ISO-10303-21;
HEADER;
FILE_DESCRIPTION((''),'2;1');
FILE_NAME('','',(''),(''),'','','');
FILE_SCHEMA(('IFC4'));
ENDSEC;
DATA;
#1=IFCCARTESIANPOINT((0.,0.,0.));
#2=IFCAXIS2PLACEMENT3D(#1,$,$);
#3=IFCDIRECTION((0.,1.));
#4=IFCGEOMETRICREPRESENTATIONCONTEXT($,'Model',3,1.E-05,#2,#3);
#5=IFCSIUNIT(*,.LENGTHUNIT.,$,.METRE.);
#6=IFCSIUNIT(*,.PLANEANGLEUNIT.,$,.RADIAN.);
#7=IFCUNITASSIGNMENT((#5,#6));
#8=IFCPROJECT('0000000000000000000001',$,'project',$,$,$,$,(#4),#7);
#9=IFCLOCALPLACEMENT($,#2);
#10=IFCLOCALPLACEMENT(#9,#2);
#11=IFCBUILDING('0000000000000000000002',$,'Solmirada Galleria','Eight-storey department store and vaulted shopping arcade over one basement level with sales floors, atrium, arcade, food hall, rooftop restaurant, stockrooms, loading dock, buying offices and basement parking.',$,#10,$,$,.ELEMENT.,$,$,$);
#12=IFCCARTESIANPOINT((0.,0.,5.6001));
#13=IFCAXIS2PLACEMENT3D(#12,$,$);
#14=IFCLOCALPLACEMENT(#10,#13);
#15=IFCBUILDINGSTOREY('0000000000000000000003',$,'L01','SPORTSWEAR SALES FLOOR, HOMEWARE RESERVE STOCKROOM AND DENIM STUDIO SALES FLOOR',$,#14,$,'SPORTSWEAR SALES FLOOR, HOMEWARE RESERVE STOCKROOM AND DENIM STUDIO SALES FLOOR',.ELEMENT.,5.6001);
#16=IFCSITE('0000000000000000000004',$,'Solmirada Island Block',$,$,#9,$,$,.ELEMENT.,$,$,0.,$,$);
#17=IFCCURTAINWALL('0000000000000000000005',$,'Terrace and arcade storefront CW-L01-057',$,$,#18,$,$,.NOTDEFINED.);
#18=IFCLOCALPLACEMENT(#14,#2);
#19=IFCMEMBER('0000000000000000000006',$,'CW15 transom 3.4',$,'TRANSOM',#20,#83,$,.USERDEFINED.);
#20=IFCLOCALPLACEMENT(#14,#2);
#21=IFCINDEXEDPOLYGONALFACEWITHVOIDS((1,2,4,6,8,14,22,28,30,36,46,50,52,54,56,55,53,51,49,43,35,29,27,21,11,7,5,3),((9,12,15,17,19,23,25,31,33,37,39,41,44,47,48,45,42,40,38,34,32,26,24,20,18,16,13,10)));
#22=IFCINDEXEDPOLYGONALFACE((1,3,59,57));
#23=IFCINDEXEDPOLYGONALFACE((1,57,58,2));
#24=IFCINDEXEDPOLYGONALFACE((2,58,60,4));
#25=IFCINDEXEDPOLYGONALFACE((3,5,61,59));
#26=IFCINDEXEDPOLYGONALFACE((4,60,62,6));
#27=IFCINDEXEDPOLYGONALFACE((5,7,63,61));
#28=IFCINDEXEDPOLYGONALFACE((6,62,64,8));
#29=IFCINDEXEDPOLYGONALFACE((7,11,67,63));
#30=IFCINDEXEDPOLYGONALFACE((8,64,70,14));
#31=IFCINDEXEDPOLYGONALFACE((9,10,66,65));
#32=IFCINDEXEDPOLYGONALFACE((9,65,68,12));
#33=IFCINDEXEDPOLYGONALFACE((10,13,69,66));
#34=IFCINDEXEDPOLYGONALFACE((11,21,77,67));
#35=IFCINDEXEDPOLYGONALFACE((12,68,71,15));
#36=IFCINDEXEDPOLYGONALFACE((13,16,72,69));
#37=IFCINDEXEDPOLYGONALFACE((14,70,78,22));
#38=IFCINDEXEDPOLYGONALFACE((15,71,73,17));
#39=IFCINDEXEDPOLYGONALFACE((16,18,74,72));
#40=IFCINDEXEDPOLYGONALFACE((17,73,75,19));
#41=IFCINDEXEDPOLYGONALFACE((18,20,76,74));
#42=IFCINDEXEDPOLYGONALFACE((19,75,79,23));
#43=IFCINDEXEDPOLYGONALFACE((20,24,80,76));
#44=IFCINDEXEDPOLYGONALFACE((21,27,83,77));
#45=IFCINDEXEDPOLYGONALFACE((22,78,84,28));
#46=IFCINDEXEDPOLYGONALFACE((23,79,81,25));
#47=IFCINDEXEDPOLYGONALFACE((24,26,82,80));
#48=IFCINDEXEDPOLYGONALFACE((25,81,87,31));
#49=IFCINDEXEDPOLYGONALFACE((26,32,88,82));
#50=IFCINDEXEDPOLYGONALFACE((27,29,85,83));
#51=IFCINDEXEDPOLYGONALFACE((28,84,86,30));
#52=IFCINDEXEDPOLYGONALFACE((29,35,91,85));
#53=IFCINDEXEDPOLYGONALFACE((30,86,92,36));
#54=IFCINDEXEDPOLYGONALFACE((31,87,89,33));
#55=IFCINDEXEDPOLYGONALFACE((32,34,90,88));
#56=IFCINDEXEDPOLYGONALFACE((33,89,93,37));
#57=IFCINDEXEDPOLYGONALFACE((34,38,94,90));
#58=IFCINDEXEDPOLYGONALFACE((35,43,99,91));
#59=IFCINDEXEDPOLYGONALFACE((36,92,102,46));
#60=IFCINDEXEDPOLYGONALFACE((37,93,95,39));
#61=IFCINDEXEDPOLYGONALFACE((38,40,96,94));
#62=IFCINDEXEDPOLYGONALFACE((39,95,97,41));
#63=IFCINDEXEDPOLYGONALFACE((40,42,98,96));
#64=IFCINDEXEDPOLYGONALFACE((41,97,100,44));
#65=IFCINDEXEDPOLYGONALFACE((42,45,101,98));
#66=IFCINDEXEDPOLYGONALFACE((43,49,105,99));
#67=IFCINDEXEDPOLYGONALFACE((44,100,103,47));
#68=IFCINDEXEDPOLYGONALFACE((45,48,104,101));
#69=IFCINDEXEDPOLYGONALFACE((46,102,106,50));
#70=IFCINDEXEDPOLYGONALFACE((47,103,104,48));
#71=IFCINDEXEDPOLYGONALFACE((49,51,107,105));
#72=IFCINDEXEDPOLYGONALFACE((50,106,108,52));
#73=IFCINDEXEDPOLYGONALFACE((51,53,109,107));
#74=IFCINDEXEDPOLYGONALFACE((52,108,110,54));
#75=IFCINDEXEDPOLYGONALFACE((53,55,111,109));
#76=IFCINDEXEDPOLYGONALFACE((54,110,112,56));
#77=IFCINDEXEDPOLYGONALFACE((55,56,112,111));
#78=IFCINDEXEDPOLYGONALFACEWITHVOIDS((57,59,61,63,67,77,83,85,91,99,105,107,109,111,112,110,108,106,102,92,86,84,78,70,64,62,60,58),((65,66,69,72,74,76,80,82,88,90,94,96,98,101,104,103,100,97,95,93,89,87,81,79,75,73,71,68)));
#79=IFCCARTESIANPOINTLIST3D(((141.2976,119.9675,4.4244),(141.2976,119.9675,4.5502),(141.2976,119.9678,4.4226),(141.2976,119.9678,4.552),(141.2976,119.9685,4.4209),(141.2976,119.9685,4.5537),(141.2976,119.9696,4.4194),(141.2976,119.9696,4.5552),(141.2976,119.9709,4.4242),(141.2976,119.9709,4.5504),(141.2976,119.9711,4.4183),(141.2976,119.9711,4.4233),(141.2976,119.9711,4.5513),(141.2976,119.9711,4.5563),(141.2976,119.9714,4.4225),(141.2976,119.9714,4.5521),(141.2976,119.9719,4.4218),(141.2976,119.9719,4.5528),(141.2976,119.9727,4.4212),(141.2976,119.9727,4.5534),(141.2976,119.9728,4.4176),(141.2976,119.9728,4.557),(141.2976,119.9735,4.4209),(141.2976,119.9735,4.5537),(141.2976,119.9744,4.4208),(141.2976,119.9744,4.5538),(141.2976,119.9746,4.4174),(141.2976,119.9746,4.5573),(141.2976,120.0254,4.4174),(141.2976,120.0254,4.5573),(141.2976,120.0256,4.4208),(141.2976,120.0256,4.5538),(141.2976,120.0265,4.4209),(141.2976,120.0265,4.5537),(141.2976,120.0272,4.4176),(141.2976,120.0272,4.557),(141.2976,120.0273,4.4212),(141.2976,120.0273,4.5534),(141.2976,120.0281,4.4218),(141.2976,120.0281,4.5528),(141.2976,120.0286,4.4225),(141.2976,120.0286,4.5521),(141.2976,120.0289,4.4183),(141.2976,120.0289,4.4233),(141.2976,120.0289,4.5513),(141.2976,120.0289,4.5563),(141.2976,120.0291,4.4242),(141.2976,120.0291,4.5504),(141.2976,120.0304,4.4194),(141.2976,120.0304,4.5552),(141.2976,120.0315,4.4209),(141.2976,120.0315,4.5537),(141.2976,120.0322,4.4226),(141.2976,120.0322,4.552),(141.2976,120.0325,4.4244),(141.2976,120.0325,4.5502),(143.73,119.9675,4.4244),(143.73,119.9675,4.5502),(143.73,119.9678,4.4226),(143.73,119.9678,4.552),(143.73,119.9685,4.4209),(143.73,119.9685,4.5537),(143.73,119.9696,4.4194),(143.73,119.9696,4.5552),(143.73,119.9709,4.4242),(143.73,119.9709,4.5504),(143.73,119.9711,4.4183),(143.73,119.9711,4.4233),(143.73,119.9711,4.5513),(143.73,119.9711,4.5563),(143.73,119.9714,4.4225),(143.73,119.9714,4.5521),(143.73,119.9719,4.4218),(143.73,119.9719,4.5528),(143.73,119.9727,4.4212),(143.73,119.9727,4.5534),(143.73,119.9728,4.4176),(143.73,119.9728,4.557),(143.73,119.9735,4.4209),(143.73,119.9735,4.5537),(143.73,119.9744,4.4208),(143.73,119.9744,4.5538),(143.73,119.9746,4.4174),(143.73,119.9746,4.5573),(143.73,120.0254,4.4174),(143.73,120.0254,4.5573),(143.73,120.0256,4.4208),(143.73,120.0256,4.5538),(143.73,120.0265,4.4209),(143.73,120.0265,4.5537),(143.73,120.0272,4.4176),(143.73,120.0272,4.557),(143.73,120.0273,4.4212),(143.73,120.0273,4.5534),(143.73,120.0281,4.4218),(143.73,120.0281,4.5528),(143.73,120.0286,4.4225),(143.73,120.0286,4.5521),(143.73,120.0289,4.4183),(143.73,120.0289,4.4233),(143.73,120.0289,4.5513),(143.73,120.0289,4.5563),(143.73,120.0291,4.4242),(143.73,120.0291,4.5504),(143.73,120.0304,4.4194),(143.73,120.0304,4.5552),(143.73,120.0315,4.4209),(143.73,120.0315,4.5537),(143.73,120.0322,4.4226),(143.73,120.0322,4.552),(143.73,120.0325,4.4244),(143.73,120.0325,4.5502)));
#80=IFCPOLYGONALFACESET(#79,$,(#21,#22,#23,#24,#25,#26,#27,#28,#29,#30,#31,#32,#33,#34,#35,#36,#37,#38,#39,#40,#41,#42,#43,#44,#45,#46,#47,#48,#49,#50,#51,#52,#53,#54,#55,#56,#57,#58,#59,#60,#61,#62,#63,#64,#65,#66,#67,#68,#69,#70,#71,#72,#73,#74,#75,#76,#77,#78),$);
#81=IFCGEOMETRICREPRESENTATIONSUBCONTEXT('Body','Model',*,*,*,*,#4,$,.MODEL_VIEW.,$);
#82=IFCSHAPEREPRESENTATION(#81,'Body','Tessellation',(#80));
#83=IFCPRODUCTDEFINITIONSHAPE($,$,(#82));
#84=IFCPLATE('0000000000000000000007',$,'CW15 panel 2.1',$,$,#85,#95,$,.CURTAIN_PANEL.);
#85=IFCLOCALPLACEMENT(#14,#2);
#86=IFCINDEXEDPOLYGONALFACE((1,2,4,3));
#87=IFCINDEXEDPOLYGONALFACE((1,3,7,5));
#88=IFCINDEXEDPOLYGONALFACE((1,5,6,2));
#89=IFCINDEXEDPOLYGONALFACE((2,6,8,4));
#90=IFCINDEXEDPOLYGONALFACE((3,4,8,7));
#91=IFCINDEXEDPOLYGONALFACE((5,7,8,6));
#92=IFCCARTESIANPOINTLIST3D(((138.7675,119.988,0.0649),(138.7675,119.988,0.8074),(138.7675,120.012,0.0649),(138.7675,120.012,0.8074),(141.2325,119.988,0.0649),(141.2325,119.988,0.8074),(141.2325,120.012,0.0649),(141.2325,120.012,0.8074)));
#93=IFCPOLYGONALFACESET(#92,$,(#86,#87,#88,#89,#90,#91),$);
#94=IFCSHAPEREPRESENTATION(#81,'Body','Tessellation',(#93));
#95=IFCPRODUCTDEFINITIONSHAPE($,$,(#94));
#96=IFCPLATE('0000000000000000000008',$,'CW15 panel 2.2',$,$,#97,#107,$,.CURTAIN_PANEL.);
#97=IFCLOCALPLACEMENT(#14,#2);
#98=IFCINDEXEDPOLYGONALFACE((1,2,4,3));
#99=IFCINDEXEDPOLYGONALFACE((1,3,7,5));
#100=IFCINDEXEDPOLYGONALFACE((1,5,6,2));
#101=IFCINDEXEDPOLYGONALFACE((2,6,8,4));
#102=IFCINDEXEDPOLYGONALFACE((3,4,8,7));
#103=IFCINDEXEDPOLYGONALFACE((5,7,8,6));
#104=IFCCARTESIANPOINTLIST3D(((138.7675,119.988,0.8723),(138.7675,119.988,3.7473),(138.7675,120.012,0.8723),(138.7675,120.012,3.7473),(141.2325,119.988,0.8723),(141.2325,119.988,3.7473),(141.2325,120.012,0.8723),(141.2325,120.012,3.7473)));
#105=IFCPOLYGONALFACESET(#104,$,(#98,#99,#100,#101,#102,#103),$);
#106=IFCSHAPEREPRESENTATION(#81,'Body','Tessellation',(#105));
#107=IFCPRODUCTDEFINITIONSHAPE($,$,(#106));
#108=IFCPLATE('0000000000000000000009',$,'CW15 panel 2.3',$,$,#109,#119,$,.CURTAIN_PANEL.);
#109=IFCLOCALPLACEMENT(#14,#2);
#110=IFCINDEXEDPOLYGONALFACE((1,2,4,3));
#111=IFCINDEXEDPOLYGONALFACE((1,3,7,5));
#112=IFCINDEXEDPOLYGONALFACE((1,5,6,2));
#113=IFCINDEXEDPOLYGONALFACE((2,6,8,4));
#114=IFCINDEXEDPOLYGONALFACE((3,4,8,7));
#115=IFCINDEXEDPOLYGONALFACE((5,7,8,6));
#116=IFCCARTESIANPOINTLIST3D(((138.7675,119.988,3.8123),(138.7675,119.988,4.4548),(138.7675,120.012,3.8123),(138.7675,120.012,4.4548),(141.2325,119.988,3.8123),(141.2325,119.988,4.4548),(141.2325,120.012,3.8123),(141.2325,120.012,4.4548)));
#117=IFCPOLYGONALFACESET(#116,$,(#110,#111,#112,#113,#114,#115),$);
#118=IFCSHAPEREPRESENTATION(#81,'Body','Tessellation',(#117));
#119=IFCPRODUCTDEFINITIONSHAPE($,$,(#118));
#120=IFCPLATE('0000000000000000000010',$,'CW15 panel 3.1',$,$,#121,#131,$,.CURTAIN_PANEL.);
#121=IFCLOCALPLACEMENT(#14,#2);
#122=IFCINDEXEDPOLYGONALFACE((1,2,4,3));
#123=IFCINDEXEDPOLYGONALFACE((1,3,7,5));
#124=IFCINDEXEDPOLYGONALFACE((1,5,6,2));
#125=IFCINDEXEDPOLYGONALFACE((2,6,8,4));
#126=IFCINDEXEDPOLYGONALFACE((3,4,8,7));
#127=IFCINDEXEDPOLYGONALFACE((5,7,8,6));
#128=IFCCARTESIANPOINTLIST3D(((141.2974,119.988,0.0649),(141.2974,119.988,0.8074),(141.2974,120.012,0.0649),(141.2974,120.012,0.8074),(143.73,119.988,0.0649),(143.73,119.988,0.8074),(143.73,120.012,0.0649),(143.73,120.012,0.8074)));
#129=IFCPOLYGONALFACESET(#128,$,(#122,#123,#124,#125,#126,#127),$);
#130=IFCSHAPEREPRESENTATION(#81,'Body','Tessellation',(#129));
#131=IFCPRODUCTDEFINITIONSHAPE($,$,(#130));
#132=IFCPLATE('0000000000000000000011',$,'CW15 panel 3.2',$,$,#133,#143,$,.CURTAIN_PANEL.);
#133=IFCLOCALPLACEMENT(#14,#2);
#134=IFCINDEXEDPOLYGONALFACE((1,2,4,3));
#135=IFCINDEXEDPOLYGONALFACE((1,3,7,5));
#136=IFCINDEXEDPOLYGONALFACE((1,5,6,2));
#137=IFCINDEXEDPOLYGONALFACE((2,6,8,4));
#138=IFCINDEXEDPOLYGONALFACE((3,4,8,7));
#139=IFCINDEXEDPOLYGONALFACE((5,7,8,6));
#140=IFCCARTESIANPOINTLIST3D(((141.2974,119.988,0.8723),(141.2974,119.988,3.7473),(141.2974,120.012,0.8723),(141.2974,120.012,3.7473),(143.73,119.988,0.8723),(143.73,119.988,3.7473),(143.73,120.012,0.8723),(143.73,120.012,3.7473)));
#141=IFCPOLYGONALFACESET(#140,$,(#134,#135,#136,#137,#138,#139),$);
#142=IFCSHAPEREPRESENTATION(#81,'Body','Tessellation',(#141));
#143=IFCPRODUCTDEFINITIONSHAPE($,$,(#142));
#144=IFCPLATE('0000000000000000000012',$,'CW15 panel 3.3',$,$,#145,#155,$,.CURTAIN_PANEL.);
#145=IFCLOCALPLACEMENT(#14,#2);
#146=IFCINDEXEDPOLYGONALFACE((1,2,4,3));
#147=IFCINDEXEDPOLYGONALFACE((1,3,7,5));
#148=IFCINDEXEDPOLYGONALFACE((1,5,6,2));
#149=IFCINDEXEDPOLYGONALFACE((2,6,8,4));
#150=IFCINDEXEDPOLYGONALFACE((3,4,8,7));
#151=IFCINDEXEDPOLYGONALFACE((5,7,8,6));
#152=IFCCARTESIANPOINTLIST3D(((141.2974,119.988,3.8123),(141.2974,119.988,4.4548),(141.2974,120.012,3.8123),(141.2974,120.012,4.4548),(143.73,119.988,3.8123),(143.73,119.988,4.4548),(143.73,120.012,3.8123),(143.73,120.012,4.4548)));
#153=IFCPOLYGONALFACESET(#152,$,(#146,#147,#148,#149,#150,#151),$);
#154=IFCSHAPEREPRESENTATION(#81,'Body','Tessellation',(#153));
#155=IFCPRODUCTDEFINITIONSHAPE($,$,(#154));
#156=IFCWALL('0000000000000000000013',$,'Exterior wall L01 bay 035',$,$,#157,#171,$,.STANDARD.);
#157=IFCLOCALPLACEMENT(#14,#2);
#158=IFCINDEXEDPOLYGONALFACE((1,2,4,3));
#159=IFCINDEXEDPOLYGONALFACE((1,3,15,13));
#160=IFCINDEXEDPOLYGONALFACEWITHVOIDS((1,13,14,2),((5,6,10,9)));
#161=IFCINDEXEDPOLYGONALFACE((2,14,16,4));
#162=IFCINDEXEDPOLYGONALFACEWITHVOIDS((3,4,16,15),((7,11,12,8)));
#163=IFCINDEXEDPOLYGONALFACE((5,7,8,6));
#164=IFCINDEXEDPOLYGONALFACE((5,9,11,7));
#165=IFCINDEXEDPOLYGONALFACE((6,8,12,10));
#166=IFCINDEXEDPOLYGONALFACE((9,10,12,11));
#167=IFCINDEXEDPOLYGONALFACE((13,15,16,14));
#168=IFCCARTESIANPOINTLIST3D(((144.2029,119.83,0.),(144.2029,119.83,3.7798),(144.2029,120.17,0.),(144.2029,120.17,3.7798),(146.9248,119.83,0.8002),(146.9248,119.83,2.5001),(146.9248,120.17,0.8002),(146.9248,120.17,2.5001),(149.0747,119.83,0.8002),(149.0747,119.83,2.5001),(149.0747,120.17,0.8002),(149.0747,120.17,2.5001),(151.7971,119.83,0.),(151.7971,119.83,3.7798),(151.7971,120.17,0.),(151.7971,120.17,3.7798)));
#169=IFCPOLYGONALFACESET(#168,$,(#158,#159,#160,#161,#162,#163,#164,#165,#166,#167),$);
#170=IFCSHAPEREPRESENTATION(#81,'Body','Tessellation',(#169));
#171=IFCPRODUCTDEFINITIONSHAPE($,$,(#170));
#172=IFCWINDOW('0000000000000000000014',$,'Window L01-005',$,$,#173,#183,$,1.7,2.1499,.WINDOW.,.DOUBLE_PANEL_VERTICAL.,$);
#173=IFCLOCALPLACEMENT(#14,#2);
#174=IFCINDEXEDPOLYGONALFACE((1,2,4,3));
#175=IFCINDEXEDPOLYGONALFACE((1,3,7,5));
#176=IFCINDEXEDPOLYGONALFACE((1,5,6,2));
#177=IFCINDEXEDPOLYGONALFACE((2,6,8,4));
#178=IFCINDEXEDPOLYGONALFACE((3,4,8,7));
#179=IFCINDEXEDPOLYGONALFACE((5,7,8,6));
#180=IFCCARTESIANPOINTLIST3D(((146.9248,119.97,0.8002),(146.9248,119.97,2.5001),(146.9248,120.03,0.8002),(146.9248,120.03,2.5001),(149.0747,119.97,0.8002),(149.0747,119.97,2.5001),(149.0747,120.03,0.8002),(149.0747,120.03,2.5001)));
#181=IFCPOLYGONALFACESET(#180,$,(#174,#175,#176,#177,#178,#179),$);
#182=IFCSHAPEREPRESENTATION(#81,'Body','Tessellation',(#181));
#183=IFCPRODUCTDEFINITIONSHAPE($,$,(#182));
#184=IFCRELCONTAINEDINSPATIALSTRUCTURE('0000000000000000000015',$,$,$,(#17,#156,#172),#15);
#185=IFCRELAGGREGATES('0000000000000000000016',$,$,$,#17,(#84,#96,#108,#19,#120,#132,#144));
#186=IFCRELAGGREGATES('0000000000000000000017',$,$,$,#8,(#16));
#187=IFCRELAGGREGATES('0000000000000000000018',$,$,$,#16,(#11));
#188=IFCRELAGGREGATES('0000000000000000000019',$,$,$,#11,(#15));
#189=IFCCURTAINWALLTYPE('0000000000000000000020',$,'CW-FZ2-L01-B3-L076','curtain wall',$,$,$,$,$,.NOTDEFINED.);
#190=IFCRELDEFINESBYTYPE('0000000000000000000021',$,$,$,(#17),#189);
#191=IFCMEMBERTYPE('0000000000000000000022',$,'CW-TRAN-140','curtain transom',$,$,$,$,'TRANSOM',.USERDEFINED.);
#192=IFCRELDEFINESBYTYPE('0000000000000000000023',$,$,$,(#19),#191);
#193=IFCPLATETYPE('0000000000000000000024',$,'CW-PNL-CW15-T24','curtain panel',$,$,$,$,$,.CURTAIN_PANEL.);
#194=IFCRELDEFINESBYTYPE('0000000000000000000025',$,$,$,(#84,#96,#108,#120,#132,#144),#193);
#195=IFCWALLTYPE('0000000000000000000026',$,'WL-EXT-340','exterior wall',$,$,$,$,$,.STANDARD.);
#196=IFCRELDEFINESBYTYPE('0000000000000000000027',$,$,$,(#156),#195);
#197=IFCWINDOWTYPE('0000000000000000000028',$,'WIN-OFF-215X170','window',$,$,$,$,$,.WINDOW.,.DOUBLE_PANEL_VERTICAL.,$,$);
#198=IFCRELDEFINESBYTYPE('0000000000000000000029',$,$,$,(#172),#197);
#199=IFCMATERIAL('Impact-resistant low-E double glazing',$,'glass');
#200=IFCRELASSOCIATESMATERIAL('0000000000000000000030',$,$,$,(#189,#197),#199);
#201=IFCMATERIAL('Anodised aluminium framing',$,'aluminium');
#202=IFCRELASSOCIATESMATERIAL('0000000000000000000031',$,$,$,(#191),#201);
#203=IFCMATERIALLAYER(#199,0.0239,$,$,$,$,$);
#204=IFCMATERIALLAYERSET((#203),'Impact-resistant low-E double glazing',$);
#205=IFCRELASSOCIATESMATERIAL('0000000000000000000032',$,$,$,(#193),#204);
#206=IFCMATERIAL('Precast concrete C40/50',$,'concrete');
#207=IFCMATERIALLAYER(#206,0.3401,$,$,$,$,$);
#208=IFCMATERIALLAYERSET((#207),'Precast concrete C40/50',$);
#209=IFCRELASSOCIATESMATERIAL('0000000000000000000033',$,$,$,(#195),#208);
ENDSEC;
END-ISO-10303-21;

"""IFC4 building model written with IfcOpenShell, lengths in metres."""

from ifc_helpers import new_model, si_unit, direction, frame, frame_2d, origin, origin_2d, place, context, subcontext, project, spatial, rectangle, hollow_rectangle, extrude, material, layer, layer_set, material_profile, profile_set, type_object, element, fill, aggregate, save


model = new_model("IFC4")

# Units and contexts
model_context = context("Model", 3, precision=1e-05, world=origin(), true_north=direction((0.0, 1.0)))
body_context = subcontext(model_context, "Body", "Model", "MODEL_VIEW")
ifc_project = project(units=[si_unit("LENGTHUNIT", "METRE"), si_unit("PLANEANGLEUNIT", "RADIAN")], contexts=[model_context])

# Site, building, storey
site_placement = place(None, origin())
site = spatial("IfcSite", under=ifc_project, at=site_placement, Name="Solmirada Island Block", CompositionType="ELEMENT", RefElevation=0.0)
building_placement = place(site_placement, origin())
building = spatial("IfcBuilding", under=site, at=building_placement, Name="Solmirada Galleria", Description="Eight-storey department store and vaulted shopping arcade over one basement level with sales floors, atrium, arcade, food hall, rooftop restaurant, stockrooms, loading dock, buying offices and basement parking.", CompositionType="ELEMENT")
storey_placement = place(building_placement, frame((0.0, 0.0, 5.6001)))
storey = spatial("IfcBuildingStorey", under=building, at=storey_placement, Name="L01", Description="SPORTSWEAR SALES FLOOR, HOMEWARE RESERVE STOCKROOM AND DENIM STUDIO SALES FLOOR", LongName="SPORTSWEAR SALES FLOOR, HOMEWARE RESERVE STOCKROOM AND DENIM STUDIO SALES FLOOR", CompositionType="ELEMENT", Elevation=5.6001)

# Curtain wall, member, plates
ifc_material_1 = material(Name="Impact-resistant low-E double glazing", Category="glass")
curtain_wall_type = type_object("IfcCurtainWallType", Name="CW-FZ2-L01-B3-L076", Description="curtain wall", PredefinedType="NOTDEFINED", material=ifc_material_1)
curtain_wall_placement = place(storey_placement, origin())
curtain_wall = element("IfcCurtainWall", 1, at=curtain_wall_placement, inside=storey, type_object=curtain_wall_type, Name="Terrace and arcade storefront CW-L01-057", PredefinedType="NOTDEFINED")
ifc_material_2 = material(Name="Anodised aluminium framing", Category="aluminium")
ifc_material_profile_1 = material_profile(ifc_material_2, hollow_rectangle(XDim=0.0649, YDim=0.1399, WallThickness=0.0034, InnerFilletRadius=0.0034, OuterFilletRadius=0.0071, at=origin_2d()), Name="ALU-TRAN-140X65")
ifc_profile_set_1 = profile_set([ifc_material_profile_1], Name="Anodised aluminium framing")
member_type_1 = type_object("IfcMemberType", Name="CW-TRAN-140", Description="curtain transom", ElementType="TRANSOM", PredefinedType="USERDEFINED", material=ifc_profile_set_1)
member_1_placement = place(storey_placement, frame((141.2976, 120.0, 4.4873), z_axis=(1.0, 0.0, 0.0), x_axis=(0.0, 1.0, 0.0)))
member_1 = element("IfcMember", 2, at=member_1_placement, type_object=member_type_1, Name="CW15 transom 3.4", ObjectType="TRANSOM", PredefinedType="USERDEFINED", context=body_context, shape_type="SweptSolid", body=[
    extrude(hollow_rectangle(XDim=0.0649, YDim=0.1399, WallThickness=0.0034, InnerFilletRadius=0.0034, OuterFilletRadius=0.0071, at=origin_2d()), origin(), (0.0, 0.0, 1.0), 2.4324),
])
ifc_layer_1 = layer(ifc_material_1, 0.0239)
ifc_layer_set_1 = layer_set([ifc_layer_1], Name="Impact-resistant low-E double glazing")
plate_type = type_object("IfcPlateType", Name="CW-PNL-CW15-T24", Description="curtain panel", PredefinedType="CURTAIN_PANEL", material=ifc_layer_set_1)
plate_1_placement = place(storey_placement, frame((140.0, 120.0, 0.0649), z_axis=(0.0, 0.0, 1.0), x_axis=(1.0, 0.0, 0.0)))
plate_1 = element("IfcPlate", 3, at=plate_1_placement, type_object=plate_type, Name="CW15 panel 2.1", PredefinedType="CURTAIN_PANEL", context=body_context, shape_type="SweptSolid", body=[
    extrude(rectangle(XDim=2.4651, YDim=0.0239, at=origin_2d()), origin(), (0.0, 0.0, 1.0), 0.7424),
])
plate_2_placement = place(storey_placement, frame((140.0, 120.0, 0.8723), z_axis=(0.0, 0.0, 1.0), x_axis=(1.0, 0.0, 0.0)))
plate_2 = element("IfcPlate", 4, at=plate_2_placement, type_object=plate_type, Name="CW15 panel 2.2", PredefinedType="CURTAIN_PANEL", context=body_context, shape_type="SweptSolid", body=[
    extrude(rectangle(XDim=2.4651, YDim=0.0239, at=origin_2d()), origin(), (0.0, 0.0, 1.0), 2.875),
])
plate_3_placement = place(storey_placement, frame((140.0, 120.0, 3.8123), z_axis=(0.0, 0.0, 1.0), x_axis=(1.0, 0.0, 0.0)))
plate_3 = element("IfcPlate", 5, at=plate_3_placement, type_object=plate_type, Name="CW15 panel 2.3", PredefinedType="CURTAIN_PANEL", context=body_context, shape_type="SweptSolid", body=[
    extrude(rectangle(XDim=2.4651, YDim=0.0239, at=origin_2d()), origin(), (0.0, 0.0, 1.0), 0.6426),
])
plate_4_placement = place(storey_placement, frame((142.5137, 120.0, 0.0649), z_axis=(0.0, 0.0, 1.0), x_axis=(1.0, 0.0, 0.0)))
plate_4 = element("IfcPlate", 6, at=plate_4_placement, type_object=plate_type, Name="CW15 panel 3.1", PredefinedType="CURTAIN_PANEL", context=body_context, shape_type="SweptSolid", body=[
    extrude(rectangle(XDim=2.4326, YDim=0.0239, at=origin_2d()), origin(), (0.0, 0.0, 1.0), 0.7424),
])
plate_5_placement = place(storey_placement, frame((142.5137, 120.0, 0.8723), z_axis=(0.0, 0.0, 1.0), x_axis=(1.0, 0.0, 0.0)))
plate_5 = element("IfcPlate", 7, at=plate_5_placement, type_object=plate_type, Name="CW15 panel 3.2", PredefinedType="CURTAIN_PANEL", context=body_context, shape_type="SweptSolid", body=[
    extrude(rectangle(XDim=2.4326, YDim=0.0239, at=origin_2d()), origin(), (0.0, 0.0, 1.0), 2.875),
])
plate_6_placement = place(storey_placement, frame((142.5137, 120.0, 3.8123), z_axis=(0.0, 0.0, 1.0), x_axis=(1.0, 0.0, 0.0)))
plate_6 = element("IfcPlate", 8, at=plate_6_placement, type_object=plate_type, Name="CW15 panel 3.3", PredefinedType="CURTAIN_PANEL", context=body_context, shape_type="SweptSolid", body=[
    extrude(rectangle(XDim=2.4326, YDim=0.0239, at=origin_2d()), origin(), (0.0, 0.0, 1.0), 0.6426),
])
aggregate(curtain_wall, [plate_1, plate_2, plate_3, member_1, plate_4, plate_5, plate_6])

# Wall, opening, window
ifc_material_3 = material(Name="Precast concrete C40/50", Category="concrete")
ifc_layer_2 = layer(ifc_material_3, 0.3401)
ifc_layer_set_2 = layer_set([ifc_layer_2], Name="Precast concrete C40/50")
wall_type_1 = type_object("IfcWallType", Name="WL-EXT-340", Description="exterior wall", PredefinedType="STANDARD", material=ifc_layer_set_2)
wall_1_placement = place(storey_placement, frame((144.2029, 120.0, 0.0), z_axis=(0.0, 0.0, 1.0), x_axis=(1.0, 0.0, 0.0)))
wall_1 = element("IfcWall", 9, at=wall_1_placement, inside=storey, type_object=wall_type_1, Name="Exterior wall L01 bay 035", PredefinedType="STANDARD", context=body_context, shape_type="SweptSolid", body=[
    extrude(rectangle(XDim=7.5942, YDim=0.3401, at=frame_2d((3.7971, 0.0))), origin(), (0.0, 0.0, 1.0), 3.7798),
])
opening_placement = place(wall_1_placement, frame((2.7219, 0.0, 0.8)))
opening = element("IfcOpeningElement", 10, at=opening_placement, cuts=wall_1, PredefinedType="OPENING", context=body_context, shape_type="SweptSolid", body=[
    extrude(rectangle(XDim=2.1499, YDim=1.7, at=frame_2d((1.075, 0.8501))), frame((0.0, 0.1799, 0.0), z_axis=(0.0, -1.0, 0.0), x_axis=(1.0, 0.0, 0.0)), (0.0, 0.0, 1.0), 0.3601),
])
window_type = type_object("IfcWindowType", Name="WIN-OFF-215X170", Description="window", PartitioningType="DOUBLE_PANEL_VERTICAL", PredefinedType="WINDOW", material=ifc_material_1)
window_placement = place(opening_placement, origin())
window = element("IfcWindow", 11, at=window_placement, inside=storey, type_object=window_type, Name="Window L01-005", OverallHeight=1.7, OverallWidth=2.1499, PartitioningType="DOUBLE_PANEL_VERTICAL", PredefinedType="WINDOW", context=body_context, shape_type="SweptSolid", body=[
    extrude(rectangle(XDim=2.1499, YDim=1.7, at=frame_2d((1.075, 0.8501))), frame((0.0, 0.03, 0.0), z_axis=(0.0, -1.0, 0.0), x_axis=(1.0, 0.0, 0.0)), (0.0, 0.0, 1.0), 0.0601),
])
fill(opening, window)

save(model, "model.ifc")
